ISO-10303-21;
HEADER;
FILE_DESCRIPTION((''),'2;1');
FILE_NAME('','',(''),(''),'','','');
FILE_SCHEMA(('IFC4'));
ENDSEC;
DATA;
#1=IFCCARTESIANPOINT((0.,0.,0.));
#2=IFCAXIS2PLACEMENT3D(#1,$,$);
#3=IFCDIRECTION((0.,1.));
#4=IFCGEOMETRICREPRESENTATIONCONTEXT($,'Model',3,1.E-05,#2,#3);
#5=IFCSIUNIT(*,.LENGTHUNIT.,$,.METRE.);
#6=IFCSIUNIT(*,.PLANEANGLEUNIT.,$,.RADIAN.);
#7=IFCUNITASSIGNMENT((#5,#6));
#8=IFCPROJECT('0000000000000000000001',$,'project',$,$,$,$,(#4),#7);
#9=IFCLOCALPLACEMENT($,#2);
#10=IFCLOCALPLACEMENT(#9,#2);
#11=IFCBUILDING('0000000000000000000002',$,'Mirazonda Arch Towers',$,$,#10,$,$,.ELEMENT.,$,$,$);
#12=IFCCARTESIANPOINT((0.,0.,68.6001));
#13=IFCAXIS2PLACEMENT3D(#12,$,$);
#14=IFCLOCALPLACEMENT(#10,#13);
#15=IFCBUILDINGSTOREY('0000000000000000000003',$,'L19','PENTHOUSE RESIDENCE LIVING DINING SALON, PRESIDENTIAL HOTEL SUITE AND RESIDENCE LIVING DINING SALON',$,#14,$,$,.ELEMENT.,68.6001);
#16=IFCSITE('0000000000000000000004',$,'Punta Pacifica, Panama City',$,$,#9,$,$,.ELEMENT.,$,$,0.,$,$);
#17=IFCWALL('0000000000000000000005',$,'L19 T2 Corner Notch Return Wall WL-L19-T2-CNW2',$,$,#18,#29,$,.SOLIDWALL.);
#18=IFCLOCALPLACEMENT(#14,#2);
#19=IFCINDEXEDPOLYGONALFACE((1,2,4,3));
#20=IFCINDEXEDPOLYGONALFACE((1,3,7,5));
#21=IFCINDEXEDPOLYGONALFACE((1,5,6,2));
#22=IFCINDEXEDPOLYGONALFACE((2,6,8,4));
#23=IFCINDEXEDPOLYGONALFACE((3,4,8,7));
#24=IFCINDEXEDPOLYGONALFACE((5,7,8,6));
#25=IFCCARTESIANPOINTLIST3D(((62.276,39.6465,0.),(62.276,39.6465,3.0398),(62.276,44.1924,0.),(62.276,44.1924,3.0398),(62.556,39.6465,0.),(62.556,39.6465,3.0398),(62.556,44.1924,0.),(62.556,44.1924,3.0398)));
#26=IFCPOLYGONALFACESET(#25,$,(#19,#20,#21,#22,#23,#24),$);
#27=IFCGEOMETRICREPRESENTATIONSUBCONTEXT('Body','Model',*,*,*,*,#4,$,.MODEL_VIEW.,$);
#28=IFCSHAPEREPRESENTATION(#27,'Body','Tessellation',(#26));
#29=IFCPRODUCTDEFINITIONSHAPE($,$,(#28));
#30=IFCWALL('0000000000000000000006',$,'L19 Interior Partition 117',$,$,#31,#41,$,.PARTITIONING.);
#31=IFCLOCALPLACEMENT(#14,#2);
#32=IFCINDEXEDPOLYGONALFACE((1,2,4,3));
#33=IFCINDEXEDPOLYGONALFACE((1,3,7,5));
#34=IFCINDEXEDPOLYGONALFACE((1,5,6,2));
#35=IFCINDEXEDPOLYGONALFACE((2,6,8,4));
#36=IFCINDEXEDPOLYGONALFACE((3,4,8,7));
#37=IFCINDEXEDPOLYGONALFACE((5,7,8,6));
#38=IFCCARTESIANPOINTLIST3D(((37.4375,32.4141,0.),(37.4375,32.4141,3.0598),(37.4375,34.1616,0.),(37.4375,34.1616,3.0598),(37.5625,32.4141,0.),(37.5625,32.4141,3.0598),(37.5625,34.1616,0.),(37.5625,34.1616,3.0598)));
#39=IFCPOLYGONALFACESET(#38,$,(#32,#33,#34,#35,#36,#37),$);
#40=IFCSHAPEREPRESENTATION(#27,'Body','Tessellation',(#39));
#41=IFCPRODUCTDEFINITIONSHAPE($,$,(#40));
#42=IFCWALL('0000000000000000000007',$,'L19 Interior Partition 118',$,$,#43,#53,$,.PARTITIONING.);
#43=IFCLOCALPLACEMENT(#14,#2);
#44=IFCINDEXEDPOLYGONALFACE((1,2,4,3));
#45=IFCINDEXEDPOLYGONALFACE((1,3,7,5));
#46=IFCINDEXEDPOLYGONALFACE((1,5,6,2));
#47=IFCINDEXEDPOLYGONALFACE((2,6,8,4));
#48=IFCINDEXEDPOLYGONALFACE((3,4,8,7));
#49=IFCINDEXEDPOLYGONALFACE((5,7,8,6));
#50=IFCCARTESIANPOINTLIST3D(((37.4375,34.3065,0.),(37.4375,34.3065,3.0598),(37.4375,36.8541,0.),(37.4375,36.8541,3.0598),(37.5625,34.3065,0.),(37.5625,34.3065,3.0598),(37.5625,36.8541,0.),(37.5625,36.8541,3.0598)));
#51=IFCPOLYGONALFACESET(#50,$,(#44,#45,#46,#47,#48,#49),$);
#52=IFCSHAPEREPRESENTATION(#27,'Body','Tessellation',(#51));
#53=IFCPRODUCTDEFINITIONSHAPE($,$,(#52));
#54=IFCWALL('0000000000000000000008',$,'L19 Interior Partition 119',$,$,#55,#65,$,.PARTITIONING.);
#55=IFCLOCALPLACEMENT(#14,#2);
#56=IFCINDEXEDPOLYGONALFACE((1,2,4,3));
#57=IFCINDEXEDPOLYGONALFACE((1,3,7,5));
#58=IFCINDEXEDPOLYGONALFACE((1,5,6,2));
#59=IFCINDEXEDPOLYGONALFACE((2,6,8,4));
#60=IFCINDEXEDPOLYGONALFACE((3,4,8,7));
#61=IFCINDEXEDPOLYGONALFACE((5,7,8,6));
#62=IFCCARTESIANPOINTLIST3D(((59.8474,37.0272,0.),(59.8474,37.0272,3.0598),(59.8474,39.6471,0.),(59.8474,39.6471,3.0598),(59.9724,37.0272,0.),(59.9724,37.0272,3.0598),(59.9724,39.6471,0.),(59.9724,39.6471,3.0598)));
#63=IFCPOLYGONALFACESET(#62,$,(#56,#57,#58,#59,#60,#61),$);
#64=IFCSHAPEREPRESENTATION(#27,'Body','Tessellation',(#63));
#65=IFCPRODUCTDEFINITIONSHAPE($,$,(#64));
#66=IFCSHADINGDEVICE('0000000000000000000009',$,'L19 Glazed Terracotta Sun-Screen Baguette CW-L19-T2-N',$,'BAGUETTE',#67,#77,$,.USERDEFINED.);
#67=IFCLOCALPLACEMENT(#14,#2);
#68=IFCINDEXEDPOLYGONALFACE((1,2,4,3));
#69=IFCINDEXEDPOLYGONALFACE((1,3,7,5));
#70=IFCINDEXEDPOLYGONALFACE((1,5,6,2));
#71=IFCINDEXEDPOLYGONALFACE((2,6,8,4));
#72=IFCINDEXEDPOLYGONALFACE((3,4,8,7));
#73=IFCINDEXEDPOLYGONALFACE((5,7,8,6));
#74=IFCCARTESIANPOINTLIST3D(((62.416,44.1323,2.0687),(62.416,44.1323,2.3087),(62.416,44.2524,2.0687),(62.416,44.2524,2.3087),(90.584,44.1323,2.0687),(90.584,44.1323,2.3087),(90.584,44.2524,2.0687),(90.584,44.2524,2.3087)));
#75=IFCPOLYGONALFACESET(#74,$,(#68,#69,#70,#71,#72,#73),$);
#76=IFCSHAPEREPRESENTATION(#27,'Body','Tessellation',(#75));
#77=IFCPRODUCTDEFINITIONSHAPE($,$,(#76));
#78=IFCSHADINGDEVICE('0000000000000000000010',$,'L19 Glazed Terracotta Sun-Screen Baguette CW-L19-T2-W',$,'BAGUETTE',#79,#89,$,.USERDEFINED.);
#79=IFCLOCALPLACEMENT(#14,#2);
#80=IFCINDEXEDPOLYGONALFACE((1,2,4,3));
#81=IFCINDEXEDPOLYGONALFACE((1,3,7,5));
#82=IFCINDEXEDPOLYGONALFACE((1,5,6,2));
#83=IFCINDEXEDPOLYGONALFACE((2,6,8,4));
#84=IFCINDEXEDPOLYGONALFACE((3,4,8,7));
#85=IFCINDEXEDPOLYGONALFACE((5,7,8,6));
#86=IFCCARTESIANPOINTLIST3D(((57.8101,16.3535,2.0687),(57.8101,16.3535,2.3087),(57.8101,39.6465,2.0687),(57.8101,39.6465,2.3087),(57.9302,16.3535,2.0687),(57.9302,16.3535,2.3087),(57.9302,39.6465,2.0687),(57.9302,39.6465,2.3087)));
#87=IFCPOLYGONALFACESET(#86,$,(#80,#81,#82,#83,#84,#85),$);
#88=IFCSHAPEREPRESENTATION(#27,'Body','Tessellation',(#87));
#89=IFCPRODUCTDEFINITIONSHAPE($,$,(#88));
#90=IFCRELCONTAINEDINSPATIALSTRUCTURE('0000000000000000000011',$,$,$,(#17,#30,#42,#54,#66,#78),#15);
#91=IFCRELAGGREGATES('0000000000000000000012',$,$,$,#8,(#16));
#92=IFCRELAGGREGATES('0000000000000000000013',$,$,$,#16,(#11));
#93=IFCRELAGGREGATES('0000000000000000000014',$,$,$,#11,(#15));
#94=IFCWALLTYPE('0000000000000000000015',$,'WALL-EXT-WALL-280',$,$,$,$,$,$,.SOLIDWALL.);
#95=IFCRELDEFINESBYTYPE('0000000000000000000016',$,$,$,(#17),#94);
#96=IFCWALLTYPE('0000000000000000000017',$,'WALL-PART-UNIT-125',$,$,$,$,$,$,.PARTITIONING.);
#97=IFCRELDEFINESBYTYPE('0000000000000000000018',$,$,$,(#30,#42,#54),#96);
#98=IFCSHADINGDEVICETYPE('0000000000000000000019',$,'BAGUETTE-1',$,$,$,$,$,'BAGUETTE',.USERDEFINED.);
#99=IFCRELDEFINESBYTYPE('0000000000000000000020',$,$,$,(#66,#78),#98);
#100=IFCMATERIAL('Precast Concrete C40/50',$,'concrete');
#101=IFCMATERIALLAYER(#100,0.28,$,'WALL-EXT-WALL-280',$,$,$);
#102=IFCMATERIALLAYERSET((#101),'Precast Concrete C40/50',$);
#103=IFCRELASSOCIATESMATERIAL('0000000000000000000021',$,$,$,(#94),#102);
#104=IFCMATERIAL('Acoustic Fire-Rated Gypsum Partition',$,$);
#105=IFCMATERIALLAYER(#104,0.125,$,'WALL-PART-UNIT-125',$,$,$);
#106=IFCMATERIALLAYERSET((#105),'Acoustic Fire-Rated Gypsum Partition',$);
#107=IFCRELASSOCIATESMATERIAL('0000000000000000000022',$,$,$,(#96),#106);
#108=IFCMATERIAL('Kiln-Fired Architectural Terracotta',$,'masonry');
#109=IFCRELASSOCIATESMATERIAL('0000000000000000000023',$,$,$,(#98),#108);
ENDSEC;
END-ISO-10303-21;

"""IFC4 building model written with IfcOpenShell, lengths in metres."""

from ifc_helpers import new_model, si_unit, direction, frame, frame_2d, origin, origin_2d, place, context, subcontext, project, spatial, rectangle, extrude, material, layer, layer_set, material_profile, profile_set, type_object, element, save


model = new_model("IFC4")

# Units and contexts
model_context = context("Model", 3, precision=1e-05, world=origin(), true_north=direction((0.0, 1.0)))
body_context = subcontext(model_context, "Body", "Model", "MODEL_VIEW")
ifc_project = project(units=[si_unit("LENGTHUNIT", "METRE"), si_unit("PLANEANGLEUNIT", "RADIAN")], contexts=[model_context])

# Site, building, storey
site_placement = place(None, origin())
site = spatial("IfcSite", under=ifc_project, at=site_placement, Name="Punta Pacifica, Panama City", CompositionType="ELEMENT", RefElevation=0.0)
building_placement = place(site_placement, origin())
building = spatial("IfcBuilding", under=site, at=building_placement, Name="Mirazonda Arch Towers", CompositionType="ELEMENT")
storey_placement = place(building_placement, frame((0.0, 0.0, 68.6001)))
storey = spatial("IfcBuildingStorey", under=building, at=storey_placement, Name="L19", Description="PENTHOUSE RESIDENCE LIVING DINING SALON, PRESIDENTIAL HOTEL SUITE AND RESIDENCE LIVING DINING SALON", CompositionType="ELEMENT", Elevation=68.6001)

# Shared definitions
ifc_material_1 = material(Name="Precast Concrete C40/50", Category="concrete")
ifc_layer_1 = layer(ifc_material_1, 0.28, Name="WALL-EXT-WALL-280")
ifc_layer_set_1 = layer_set([ifc_layer_1], Name="Precast Concrete C40/50")
wall_type_1 = type_object("IfcWallType", Name="WALL-EXT-WALL-280", PredefinedType="SOLIDWALL", material=ifc_layer_set_1)

# Wall
wall_1_placement = place(storey_placement, frame((62.416, 44.1924, 0.0), z_axis=(0.0, 0.0, 1.0), x_axis=(0.0, -1.0, 0.0)))
element("IfcWall", 1, at=wall_1_placement, inside=storey, type_object=wall_type_1, Name="L19 T2 Corner Notch Return Wall WL-L19-T2-CNW2", PredefinedType="SOLIDWALL", context=body_context, shape_type="SweptSolid", body=[
    extrude(rectangle(XDim=4.5459, YDim=0.28, at=frame_2d((2.2729, 0.0))), origin(), (0.0, 0.0, 1.0), 3.0398),
])

# Walls
ifc_material_2 = material(Name="Acoustic Fire-Rated Gypsum Partition")
ifc_layer_2 = layer(ifc_material_2, 0.125, Name="WALL-PART-UNIT-125")
ifc_layer_set_2 = layer_set([ifc_layer_2], Name="Acoustic Fire-Rated Gypsum Partition")
wall_type_2 = type_object("IfcWallType", Name="WALL-PART-UNIT-125", PredefinedType="PARTITIONING", material=ifc_layer_set_2)
wall_2_placement = place(storey_placement, frame((37.5, 32.4141, 0.0), z_axis=(0.0, 0.0, 1.0), x_axis=(0.0, 1.0, 0.0)))
element("IfcWall", 2, at=wall_2_placement, inside=storey, type_object=wall_type_2, Name="L19 Interior Partition 117", PredefinedType="PARTITIONING", context=body_context, shape_type="SweptSolid", body=[
    extrude(rectangle(XDim=1.7476, YDim=0.125, at=frame_2d((0.8738, 0.0))), origin(), (0.0, 0.0, 1.0), 3.0598),
])
wall_3_placement = place(storey_placement, frame((37.5, 34.3064, 0.0), z_axis=(0.0, 0.0, 1.0), x_axis=(0.0, 1.0, 0.0)))
element("IfcWall", 3, at=wall_3_placement, inside=storey, type_object=wall_type_2, Name="L19 Interior Partition 118", PredefinedType="PARTITIONING", context=body_context, shape_type="SweptSolid", body=[
    extrude(rectangle(XDim=2.5476, YDim=0.125, at=frame_2d((1.2739, 0.0))), origin(), (0.0, 0.0, 1.0), 3.0598),
])
wall_4_placement = place(storey_placement, frame((59.9099, 37.0271, 0.0), z_axis=(0.0, 0.0, 1.0), x_axis=(0.0, 1.0, 0.0)))
element("IfcWall", 4, at=wall_4_placement, inside=storey, type_object=wall_type_2, Name="L19 Interior Partition 119", PredefinedType="PARTITIONING", context=body_context, shape_type="SweptSolid", body=[
    extrude(rectangle(XDim=2.6199, YDim=0.125, at=frame_2d((1.3101, 0.0))), origin(), (0.0, 0.0, 1.0), 3.0598),
])

# Shading devices
ifc_material_3 = material(Name="Kiln-Fired Architectural Terracotta", Category="masonry")
ifc_material_profile_1 = material_profile(ifc_material_3, rectangle(XDim=0.1201, YDim=0.24, at=origin_2d()), Name="TERRA-BAG-120x240")
ifc_profile_set_1 = profile_set([ifc_material_profile_1], Name="Kiln-Fired Architectural Terracotta")
shading_device_type = type_object("IfcShadingDeviceType", Name="BAGUETTE-1", ElementType="BAGUETTE", PredefinedType="USERDEFINED", material=ifc_profile_set_1)
shading_device_1_placement = place(storey_placement, frame((62.416, 44.1924, 2.1887), z_axis=(1.0, 0.0, 0.0), x_axis=(0.0, 1.0, 0.0)))
element("IfcShadingDevice", 5, at=shading_device_1_placement, inside=storey, type_object=shading_device_type, Name="L19 Glazed Terracotta Sun-Screen Baguette CW-L19-T2-N", ObjectType="BAGUETTE", PredefinedType="USERDEFINED", context=body_context, shape_type="SweptSolid", body=[
    extrude(rectangle(XDim=0.1201, YDim=0.24, at=origin_2d()), origin(), (0.0, 0.0, 1.0), 28.168),
])
shading_device_2_placement = place(storey_placement, frame((57.8701, 39.6465, 2.1887), z_axis=(0.0, -1.0, 0.0), x_axis=(1.0, 0.0, 0.0)))
element("IfcShadingDevice", 6, at=shading_device_2_placement, inside=storey, type_object=shading_device_type, Name="L19 Glazed Terracotta Sun-Screen Baguette CW-L19-T2-W", ObjectType="BAGUETTE", PredefinedType="USERDEFINED", context=body_context, shape_type="SweptSolid", body=[
    extrude(rectangle(XDim=0.1201, YDim=0.24, at=origin_2d()), origin(), (0.0, 0.0, 1.0), 23.293),
])

save(model, "model.ifc")
